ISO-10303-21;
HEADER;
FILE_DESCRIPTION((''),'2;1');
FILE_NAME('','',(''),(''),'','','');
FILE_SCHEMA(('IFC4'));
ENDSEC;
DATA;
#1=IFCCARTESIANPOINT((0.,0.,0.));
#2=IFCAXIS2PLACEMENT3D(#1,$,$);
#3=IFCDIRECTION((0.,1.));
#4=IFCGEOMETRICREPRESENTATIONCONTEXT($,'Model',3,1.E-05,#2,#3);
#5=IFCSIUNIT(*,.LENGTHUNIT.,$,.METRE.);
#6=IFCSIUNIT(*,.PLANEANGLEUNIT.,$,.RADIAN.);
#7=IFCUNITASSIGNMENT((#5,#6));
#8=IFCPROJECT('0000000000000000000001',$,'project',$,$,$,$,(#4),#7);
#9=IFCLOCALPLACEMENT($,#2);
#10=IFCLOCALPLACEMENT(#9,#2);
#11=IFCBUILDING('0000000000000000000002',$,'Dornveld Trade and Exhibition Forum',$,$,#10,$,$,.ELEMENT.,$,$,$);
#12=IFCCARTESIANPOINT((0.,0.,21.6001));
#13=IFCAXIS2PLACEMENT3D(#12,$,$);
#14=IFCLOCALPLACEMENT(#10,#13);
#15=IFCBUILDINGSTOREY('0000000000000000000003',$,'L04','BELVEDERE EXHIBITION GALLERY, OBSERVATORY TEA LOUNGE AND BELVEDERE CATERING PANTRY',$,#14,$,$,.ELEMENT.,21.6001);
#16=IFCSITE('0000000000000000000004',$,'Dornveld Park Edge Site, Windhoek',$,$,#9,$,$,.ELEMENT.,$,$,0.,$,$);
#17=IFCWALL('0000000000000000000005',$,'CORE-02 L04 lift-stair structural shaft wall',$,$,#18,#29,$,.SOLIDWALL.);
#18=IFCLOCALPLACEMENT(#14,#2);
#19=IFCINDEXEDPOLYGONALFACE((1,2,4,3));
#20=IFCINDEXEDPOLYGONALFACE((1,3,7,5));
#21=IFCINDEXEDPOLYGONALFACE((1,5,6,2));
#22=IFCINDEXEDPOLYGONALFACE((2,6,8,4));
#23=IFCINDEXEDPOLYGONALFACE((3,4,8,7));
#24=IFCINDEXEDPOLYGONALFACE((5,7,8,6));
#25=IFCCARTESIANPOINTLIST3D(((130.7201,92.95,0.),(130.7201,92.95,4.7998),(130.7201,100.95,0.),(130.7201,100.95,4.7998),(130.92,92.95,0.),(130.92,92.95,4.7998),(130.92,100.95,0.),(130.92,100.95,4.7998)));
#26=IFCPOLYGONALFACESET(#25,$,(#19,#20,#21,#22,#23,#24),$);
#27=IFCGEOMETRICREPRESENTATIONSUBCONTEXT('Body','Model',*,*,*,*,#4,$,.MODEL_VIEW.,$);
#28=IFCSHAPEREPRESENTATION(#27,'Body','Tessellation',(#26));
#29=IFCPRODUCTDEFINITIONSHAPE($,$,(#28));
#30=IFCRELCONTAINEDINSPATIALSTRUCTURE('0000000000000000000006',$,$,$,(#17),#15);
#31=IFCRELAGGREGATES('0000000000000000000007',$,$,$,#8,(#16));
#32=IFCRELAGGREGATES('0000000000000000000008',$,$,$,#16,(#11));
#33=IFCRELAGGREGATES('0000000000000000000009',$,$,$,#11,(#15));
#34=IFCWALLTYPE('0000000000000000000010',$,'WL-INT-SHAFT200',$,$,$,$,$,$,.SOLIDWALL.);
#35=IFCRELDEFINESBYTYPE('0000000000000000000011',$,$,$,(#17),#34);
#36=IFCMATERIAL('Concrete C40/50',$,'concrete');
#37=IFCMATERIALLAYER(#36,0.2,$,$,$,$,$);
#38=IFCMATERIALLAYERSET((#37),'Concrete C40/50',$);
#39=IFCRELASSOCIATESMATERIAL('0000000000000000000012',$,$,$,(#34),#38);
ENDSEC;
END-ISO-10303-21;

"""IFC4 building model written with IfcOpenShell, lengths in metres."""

from ifc_helpers import new_model, si_unit, direction, frame, frame_2d, origin, place, context, subcontext, project, spatial, rectangle, extrude, material, layer, layer_set, type_object, element, save


model = new_model("IFC4")

# Units and contexts
model_context = context("Model", 3, precision=1e-05, world=origin(), true_north=direction((0.0, 1.0)))
body_context = subcontext(model_context, "Body", "Model", "MODEL_VIEW")
ifc_project = project(units=[si_unit("LENGTHUNIT", "METRE"), si_unit("PLANEANGLEUNIT", "RADIAN")], contexts=[model_context])

# Site, building, storey
site_placement = place(None, origin())
site = spatial("IfcSite", under=ifc_project, at=site_placement, Name="Dornveld Park Edge Site, Windhoek", CompositionType="ELEMENT", RefElevation=0.0)
building_placement = place(site_placement, origin())
building = spatial("IfcBuilding", under=site, at=building_placement, Name="Dornveld Trade and Exhibition Forum", CompositionType="ELEMENT")
storey_placement = place(building_placement, frame((0.0, 0.0, 21.6001)))
storey = spatial("IfcBuildingStorey", under=building, at=storey_placement, Name="L04", Description="BELVEDERE EXHIBITION GALLERY, OBSERVATORY TEA LOUNGE AND BELVEDERE CATERING PANTRY", CompositionType="ELEMENT", Elevation=21.6001)

# Wall
ifc_material_1 = material(Name="Concrete C40/50", Category="concrete")
ifc_layer_1 = layer(ifc_material_1, 0.2)
ifc_layer_set_1 = layer_set([ifc_layer_1], Name="Concrete C40/50")
wall_type_1 = type_object("IfcWallType", Name="WL-INT-SHAFT200", PredefinedType="SOLIDWALL", material=ifc_layer_set_1)
wall_1_placement = place(storey_placement, frame((130.8201, 92.95, 0.0), z_axis=(0.0, 0.0, 1.0), x_axis=(0.0, 1.0, 0.0)))
element("IfcWall", 1, at=wall_1_placement, inside=storey, type_object=wall_type_1, Name="CORE-02 L04 lift-stair structural shaft wall", PredefinedType="SOLIDWALL", context=body_context, shape_type="SweptSolid", body=[
    extrude(rectangle(XDim=8.0, YDim=0.2, at=frame_2d((4.0, 0.0))), origin(), (0.0, 0.0, 1.0), 4.7998),
])

save(model, "model.ifc")
